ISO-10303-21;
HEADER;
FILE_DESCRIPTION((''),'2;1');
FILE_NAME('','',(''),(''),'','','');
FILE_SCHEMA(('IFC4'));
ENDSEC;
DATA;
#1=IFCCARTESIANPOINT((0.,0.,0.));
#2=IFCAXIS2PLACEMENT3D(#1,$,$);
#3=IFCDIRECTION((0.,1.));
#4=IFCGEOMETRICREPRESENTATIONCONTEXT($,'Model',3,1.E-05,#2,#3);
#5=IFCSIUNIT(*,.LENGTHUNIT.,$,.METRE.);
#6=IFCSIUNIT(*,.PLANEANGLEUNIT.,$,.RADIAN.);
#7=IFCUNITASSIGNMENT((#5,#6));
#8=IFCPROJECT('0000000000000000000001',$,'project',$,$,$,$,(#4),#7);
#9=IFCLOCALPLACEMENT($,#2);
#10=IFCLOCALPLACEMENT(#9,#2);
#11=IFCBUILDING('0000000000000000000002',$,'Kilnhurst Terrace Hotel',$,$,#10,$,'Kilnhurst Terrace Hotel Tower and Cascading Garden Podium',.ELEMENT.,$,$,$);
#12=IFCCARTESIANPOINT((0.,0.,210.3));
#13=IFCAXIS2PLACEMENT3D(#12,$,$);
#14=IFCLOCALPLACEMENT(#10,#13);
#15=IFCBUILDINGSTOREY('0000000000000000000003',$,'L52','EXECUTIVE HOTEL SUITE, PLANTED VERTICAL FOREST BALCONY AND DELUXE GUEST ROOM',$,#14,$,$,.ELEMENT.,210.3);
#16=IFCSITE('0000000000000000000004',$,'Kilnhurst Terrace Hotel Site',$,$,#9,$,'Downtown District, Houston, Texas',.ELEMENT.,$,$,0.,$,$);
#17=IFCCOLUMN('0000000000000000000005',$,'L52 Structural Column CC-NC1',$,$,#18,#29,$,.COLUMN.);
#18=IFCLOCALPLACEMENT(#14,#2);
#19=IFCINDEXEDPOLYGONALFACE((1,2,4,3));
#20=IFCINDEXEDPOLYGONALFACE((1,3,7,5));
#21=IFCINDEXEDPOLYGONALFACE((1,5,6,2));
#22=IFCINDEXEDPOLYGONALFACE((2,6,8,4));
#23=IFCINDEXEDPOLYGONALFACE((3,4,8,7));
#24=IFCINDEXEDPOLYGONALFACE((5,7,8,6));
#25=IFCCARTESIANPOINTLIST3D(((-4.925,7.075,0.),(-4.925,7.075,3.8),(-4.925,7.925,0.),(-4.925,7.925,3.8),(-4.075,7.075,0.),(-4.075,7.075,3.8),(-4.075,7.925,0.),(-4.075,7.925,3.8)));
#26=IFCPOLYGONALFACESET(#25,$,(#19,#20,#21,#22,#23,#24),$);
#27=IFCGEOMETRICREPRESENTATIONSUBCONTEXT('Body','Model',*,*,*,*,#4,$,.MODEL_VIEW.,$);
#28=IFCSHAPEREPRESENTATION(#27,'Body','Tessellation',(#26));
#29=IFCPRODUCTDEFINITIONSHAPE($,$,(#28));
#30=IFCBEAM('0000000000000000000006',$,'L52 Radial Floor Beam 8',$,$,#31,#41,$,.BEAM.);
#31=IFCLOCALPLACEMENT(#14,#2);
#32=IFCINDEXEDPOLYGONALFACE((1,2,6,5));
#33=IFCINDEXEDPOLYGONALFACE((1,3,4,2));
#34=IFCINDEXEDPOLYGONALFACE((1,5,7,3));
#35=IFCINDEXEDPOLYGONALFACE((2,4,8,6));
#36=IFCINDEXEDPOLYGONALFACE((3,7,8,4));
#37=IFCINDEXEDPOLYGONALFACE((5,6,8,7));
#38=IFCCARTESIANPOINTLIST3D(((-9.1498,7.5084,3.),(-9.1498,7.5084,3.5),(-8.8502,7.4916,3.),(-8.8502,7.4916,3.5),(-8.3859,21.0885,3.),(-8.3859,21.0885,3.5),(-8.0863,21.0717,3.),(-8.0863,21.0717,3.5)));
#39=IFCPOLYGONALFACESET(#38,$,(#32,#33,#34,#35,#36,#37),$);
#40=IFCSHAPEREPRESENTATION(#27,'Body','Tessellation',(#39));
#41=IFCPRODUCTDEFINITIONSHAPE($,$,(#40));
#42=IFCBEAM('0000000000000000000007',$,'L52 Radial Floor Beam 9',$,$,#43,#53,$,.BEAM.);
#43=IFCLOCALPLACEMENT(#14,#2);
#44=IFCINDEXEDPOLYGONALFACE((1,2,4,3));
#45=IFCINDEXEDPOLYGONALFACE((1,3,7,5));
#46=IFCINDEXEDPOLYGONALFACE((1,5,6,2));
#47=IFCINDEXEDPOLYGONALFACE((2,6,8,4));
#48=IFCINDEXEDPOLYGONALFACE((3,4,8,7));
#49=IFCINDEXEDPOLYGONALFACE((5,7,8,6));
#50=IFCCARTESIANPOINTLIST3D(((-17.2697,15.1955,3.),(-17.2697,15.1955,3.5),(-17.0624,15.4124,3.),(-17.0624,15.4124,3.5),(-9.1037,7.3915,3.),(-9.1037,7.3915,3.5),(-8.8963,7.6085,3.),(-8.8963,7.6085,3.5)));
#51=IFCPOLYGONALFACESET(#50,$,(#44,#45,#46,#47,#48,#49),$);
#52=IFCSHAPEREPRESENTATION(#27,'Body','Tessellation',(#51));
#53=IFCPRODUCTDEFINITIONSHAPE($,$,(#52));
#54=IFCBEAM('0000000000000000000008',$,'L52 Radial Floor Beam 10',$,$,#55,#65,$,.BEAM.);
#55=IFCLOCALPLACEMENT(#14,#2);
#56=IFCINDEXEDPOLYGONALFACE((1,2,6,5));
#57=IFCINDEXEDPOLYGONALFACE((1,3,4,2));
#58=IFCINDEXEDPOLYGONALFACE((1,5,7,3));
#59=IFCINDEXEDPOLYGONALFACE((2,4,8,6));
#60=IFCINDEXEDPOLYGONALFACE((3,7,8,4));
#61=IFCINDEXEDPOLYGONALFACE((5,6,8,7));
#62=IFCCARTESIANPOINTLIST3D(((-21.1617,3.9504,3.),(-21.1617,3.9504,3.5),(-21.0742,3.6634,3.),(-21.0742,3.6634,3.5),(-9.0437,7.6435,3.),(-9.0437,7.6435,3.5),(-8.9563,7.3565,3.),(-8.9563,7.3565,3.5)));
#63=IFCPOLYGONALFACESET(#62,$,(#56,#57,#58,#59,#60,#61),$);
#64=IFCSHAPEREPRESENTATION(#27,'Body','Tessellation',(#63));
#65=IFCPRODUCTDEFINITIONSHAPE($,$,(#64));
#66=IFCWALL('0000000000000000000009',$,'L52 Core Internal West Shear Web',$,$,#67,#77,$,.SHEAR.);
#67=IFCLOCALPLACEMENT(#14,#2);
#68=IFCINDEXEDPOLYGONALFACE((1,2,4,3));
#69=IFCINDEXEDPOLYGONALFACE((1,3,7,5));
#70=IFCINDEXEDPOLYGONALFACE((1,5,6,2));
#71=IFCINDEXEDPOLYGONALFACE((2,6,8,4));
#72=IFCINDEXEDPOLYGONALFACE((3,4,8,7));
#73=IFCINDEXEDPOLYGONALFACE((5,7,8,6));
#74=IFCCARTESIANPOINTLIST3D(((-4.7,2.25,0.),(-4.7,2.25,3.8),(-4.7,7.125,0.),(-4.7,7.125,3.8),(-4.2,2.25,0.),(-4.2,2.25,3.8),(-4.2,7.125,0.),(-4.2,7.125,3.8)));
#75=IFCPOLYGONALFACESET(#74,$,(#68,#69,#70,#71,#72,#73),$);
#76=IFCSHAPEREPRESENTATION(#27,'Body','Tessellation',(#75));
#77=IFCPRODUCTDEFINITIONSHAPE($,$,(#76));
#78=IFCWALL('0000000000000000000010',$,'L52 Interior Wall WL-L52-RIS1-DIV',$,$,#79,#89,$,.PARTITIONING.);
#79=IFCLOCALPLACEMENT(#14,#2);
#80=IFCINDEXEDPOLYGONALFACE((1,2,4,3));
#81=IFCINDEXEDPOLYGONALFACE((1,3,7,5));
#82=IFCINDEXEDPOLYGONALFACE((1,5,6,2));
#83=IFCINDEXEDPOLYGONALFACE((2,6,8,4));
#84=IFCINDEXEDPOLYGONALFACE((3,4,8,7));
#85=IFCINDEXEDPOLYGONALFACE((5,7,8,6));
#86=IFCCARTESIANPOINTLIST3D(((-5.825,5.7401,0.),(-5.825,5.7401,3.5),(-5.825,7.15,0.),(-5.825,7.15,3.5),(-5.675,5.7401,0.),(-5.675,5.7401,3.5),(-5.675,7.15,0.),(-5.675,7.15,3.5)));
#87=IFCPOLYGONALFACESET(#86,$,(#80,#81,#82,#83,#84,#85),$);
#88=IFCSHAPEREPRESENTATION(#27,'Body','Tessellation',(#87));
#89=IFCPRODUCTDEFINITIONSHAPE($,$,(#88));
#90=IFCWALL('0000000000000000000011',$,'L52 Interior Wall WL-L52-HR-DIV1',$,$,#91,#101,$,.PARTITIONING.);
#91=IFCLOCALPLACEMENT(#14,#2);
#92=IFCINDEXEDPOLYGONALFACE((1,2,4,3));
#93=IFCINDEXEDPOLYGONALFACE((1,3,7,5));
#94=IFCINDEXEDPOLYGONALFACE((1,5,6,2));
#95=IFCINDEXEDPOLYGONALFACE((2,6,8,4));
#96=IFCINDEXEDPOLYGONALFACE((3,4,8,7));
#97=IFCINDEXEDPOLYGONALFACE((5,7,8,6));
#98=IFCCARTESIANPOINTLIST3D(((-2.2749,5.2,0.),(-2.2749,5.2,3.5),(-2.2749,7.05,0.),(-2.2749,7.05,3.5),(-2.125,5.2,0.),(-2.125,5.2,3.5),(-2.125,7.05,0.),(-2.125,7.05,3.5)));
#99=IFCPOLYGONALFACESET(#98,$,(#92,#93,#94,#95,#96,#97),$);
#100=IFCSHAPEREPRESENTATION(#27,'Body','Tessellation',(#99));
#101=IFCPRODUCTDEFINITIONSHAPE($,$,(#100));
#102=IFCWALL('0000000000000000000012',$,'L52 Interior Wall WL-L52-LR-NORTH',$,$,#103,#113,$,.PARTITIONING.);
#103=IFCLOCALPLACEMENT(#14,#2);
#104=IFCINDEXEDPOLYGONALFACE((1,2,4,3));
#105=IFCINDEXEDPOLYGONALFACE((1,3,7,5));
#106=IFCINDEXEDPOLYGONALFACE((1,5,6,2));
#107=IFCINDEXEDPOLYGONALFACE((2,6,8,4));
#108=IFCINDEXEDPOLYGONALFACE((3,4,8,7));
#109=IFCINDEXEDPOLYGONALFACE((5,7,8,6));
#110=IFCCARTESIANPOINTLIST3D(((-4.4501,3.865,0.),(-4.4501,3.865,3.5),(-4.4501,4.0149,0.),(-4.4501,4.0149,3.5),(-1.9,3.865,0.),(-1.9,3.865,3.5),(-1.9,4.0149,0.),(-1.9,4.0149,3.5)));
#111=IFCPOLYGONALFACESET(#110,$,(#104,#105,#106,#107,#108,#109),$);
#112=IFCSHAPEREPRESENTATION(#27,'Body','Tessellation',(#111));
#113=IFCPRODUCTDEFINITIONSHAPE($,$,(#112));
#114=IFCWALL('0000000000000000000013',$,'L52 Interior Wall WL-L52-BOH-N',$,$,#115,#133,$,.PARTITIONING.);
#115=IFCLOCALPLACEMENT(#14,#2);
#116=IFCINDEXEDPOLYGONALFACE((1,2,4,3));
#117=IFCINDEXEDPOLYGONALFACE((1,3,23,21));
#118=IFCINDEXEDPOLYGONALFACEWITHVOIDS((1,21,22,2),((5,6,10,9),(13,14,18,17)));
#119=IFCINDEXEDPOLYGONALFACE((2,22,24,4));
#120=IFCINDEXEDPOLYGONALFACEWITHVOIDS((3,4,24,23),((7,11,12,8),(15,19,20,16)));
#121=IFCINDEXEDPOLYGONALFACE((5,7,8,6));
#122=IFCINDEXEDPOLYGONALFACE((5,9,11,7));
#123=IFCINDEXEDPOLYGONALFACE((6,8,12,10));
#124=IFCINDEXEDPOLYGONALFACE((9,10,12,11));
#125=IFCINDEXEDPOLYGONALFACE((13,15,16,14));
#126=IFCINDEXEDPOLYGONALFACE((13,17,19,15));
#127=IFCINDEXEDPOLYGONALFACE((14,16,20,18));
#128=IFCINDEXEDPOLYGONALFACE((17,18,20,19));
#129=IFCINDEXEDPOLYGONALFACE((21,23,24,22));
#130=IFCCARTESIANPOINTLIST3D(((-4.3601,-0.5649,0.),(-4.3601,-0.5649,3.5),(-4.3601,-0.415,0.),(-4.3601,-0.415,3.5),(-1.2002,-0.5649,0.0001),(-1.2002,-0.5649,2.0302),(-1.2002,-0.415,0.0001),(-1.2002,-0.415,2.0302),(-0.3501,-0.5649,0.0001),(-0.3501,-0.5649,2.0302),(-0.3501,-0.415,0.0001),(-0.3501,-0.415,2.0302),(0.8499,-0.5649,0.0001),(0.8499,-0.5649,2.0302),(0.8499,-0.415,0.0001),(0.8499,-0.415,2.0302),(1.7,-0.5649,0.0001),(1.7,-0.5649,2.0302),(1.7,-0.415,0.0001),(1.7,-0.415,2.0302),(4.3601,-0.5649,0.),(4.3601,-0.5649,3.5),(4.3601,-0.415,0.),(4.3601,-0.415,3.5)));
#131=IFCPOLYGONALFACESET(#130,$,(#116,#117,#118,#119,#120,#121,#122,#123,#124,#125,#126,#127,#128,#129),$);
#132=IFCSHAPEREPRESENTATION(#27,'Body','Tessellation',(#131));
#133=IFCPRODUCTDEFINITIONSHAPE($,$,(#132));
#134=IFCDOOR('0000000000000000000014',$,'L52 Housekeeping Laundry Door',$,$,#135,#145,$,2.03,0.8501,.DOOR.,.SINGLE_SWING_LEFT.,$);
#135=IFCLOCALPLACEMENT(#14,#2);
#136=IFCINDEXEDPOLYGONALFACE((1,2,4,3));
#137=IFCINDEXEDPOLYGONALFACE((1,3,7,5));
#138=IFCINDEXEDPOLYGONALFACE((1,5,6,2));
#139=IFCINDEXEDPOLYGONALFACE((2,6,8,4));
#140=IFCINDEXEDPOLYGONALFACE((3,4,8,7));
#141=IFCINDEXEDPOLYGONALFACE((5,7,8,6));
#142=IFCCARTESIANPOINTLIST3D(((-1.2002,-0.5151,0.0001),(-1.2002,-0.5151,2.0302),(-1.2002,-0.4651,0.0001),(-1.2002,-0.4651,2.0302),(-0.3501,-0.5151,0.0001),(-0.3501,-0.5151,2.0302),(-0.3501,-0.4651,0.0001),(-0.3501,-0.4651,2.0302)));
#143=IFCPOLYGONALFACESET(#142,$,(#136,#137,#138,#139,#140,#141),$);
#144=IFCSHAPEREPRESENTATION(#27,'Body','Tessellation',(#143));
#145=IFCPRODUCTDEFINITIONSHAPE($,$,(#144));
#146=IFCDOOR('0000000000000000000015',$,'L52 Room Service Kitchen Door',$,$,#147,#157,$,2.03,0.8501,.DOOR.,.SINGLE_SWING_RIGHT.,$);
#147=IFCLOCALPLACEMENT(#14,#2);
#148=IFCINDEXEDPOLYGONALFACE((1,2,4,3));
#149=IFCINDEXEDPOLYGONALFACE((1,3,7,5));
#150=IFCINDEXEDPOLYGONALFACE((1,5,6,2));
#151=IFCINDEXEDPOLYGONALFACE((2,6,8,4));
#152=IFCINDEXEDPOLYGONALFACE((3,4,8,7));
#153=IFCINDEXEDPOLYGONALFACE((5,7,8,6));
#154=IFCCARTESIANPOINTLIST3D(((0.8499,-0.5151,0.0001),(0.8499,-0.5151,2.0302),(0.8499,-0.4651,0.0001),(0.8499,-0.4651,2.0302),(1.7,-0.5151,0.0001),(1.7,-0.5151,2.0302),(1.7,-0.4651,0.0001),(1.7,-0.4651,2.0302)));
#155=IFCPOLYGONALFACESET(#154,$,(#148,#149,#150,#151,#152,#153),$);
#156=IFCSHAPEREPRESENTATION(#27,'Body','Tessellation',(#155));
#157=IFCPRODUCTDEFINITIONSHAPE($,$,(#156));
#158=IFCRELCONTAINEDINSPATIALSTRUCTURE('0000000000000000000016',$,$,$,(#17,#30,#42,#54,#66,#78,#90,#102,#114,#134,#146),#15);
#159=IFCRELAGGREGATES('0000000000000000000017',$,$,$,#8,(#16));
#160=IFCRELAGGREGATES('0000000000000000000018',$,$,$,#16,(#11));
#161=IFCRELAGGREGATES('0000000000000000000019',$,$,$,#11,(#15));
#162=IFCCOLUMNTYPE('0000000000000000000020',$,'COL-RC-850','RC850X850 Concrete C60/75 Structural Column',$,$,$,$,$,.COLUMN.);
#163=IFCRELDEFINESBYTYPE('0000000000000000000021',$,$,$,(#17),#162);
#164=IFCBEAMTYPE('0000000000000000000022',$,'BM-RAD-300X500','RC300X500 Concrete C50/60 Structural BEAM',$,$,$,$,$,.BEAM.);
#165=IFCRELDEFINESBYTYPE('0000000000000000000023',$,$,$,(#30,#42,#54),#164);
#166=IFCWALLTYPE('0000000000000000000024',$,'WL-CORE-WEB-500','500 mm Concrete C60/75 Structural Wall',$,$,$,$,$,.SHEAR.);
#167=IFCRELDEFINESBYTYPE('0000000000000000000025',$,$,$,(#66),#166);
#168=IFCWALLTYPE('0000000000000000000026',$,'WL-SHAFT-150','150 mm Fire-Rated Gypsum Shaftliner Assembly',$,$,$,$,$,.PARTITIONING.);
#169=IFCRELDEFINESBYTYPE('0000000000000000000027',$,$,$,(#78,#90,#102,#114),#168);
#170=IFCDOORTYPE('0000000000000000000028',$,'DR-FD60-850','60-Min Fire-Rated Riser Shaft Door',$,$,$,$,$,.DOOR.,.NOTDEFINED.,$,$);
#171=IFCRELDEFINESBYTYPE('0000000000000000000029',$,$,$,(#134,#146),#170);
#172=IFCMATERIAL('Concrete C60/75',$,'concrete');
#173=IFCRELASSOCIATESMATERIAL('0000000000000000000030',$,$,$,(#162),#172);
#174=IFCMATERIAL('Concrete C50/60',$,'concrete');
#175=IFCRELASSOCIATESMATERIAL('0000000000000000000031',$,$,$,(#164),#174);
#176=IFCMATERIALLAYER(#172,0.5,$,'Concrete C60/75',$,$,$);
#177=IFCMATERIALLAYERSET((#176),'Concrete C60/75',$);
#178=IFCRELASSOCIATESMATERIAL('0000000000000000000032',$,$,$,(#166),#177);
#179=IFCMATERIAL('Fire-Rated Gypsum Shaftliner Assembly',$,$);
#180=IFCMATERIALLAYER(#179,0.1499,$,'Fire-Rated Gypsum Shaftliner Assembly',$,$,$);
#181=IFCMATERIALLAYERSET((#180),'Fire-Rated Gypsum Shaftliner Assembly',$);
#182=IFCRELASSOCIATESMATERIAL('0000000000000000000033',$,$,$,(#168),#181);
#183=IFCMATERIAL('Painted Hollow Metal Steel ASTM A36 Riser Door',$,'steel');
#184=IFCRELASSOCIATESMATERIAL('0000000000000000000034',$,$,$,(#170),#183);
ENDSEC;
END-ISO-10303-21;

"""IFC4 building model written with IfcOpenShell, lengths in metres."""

from ifc_helpers import new_model, si_unit, direction, frame, frame_2d, origin, origin_2d, place, context, subcontext, project, spatial, rectangle, extrude, material, layer, layer_set, material_profile, profile_set, type_object, element, fill, save


model = new_model("IFC4")

# Units and contexts
model_context = context("Model", 3, precision=1e-05, world=origin(), true_north=direction((0.0, 1.0)))
body_context = subcontext(model_context, "Body", "Model", "MODEL_VIEW")
ifc_project = project(units=[si_unit("LENGTHUNIT", "METRE"), si_unit("PLANEANGLEUNIT", "RADIAN")], contexts=[model_context])

# Site, building, storey
site_placement = place(None, origin())
site = spatial("IfcSite", under=ifc_project, at=site_placement, Name="Kilnhurst Terrace Hotel Site", LongName="Downtown District, Houston, Texas", CompositionType="ELEMENT", RefElevation=0.0)
building_placement = place(site_placement, origin())
building = spatial("IfcBuilding", under=site, at=building_placement, Name="Kilnhurst Terrace Hotel", LongName="Kilnhurst Terrace Hotel Tower and Cascading Garden Podium", CompositionType="ELEMENT")
storey_placement = place(building_placement, frame((0.0, 0.0, 210.3)))
storey = spatial("IfcBuildingStorey", under=building, at=storey_placement, Name="L52", Description="EXECUTIVE HOTEL SUITE, PLANTED VERTICAL FOREST BALCONY AND DELUXE GUEST ROOM", CompositionType="ELEMENT", Elevation=210.3)

# Column
ifc_material_1 = material(Name="Concrete C60/75", Category="concrete")
ifc_material_profile_1 = material_profile(ifc_material_1, rectangle(XDim=0.8501, YDim=0.8501, at=origin_2d()), Name="RC850X850")
ifc_profile_set_1 = profile_set([ifc_material_profile_1], Name="Concrete C60/75")
column_type = type_object("IfcColumnType", Name="COL-RC-850", Description="RC850X850 Concrete C60/75 Structural Column", PredefinedType="COLUMN", material=ifc_profile_set_1)
column_placement = place(storey_placement, frame((-4.5, 7.5, 0.0), z_axis=(0.0, 0.0, 1.0), x_axis=(1.0, 0.0, 0.0)))
element("IfcColumn", 1, at=column_placement, inside=storey, type_object=column_type, Name="L52 Structural Column CC-NC1", PredefinedType="COLUMN", context=body_context, shape_type="SweptSolid", body=[
    extrude(rectangle(XDim=0.8501, YDim=0.8501, at=origin_2d()), origin(), (0.0, 0.0, 1.0), 3.8),
])

# Beams
ifc_material_2 = material(Name="Concrete C50/60", Category="concrete")
ifc_material_profile_2 = material_profile(ifc_material_2, rectangle(XDim=0.3, YDim=0.5, at=origin_2d()), Name="RC300X500")
ifc_profile_set_2 = profile_set([ifc_material_profile_2], Name="Concrete C50/60")
beam_type = type_object("IfcBeamType", Name="BM-RAD-300X500", Description="RC300X500 Concrete C50/60 Structural BEAM", PredefinedType="BEAM", material=ifc_profile_set_2)
beam_1_placement = place(storey_placement, frame((-9.0, 7.5, 3.25), z_axis=(0.056164, 0.998422, 0.0), x_axis=(-0.998422, 0.056164, 0.0)))
element("IfcBeam", 2, at=beam_1_placement, inside=storey, type_object=beam_type, Name="L52 Radial Floor Beam 8", PredefinedType="BEAM", context=body_context, shape_type="SweptSolid", body=[
    extrude(rectangle(XDim=0.3, YDim=0.5, at=origin_2d()), origin(), (0.0, 0.0, 1.0), 13.6016),
])
beam_2_placement = place(storey_placement, frame((-9.0, 7.5, 3.25), z_axis=(-0.722952, 0.690898, 0.0), x_axis=(-0.690898, -0.722952, 0.0)))
element("IfcBeam", 3, at=beam_2_placement, inside=storey, type_object=beam_type, Name="L52 Radial Floor Beam 9", PredefinedType="BEAM", context=body_context, shape_type="SweptSolid", body=[
    extrude(rectangle(XDim=0.3, YDim=0.5, at=origin_2d()), origin(), (0.0, 0.0, 1.0), 11.2954),
])
beam_3_placement = place(storey_placement, frame((-9.0, 7.5, 3.25), z_axis=(-0.956563, -0.291527, 0.0), x_axis=(0.291527, -0.956563, 0.0)))
element("IfcBeam", 4, at=beam_3_placement, inside=storey, type_object=beam_type, Name="L52 Radial Floor Beam 10", PredefinedType="BEAM", context=body_context, shape_type="SweptSolid", body=[
    extrude(rectangle(XDim=0.3, YDim=0.5, at=origin_2d()), origin(), (0.0, 0.0, 1.0), 12.6682),
])

# Walls
ifc_layer_1 = layer(ifc_material_1, 0.5, Name="Concrete C60/75")
ifc_layer_set_1 = layer_set([ifc_layer_1], Name="Concrete C60/75")
wall_type_1 = type_object("IfcWallType", Name="WL-CORE-WEB-500", Description="500 mm Concrete C60/75 Structural Wall", PredefinedType="SHEAR", material=ifc_layer_set_1)
wall_1_placement = place(storey_placement, frame((-4.45, 2.25, 0.0), z_axis=(0.0, 0.0, 1.0), x_axis=(0.0, 1.0, 0.0)))
element("IfcWall", 5, at=wall_1_placement, inside=storey, type_object=wall_type_1, Name="L52 Core Internal West Shear Web", PredefinedType="SHEAR", context=body_context, shape_type="SweptSolid", body=[
    extrude(rectangle(XDim=4.875, YDim=0.5, at=frame_2d((2.4375, 0.0))), origin(), (0.0, 0.0, 1.0), 3.8),
])
ifc_material_3 = material(Name="Fire-Rated Gypsum Shaftliner Assembly")
ifc_layer_2 = layer(ifc_material_3, 0.1499, Name="Fire-Rated Gypsum Shaftliner Assembly")
ifc_layer_set_2 = layer_set([ifc_layer_2], Name="Fire-Rated Gypsum Shaftliner Assembly")
wall_type_2 = type_object("IfcWallType", Name="WL-SHAFT-150", Description="150 mm Fire-Rated Gypsum Shaftliner Assembly", PredefinedType="PARTITIONING", material=ifc_layer_set_2)
wall_2_placement = place(storey_placement, frame((-5.75, 5.74, 0.0), z_axis=(0.0, 0.0, 1.0), x_axis=(0.0, 1.0, 0.0)))
element("IfcWall", 6, at=wall_2_placement, inside=storey, type_object=wall_type_2, Name="L52 Interior Wall WL-L52-RIS1-DIV", PredefinedType="PARTITIONING", context=body_context, shape_type="SweptSolid", body=[
    extrude(rectangle(XDim=1.4099, YDim=0.1499, at=frame_2d((0.7051, 0.0))), origin(), (0.0, 0.0, 1.0), 3.5),
])
wall_3_placement = place(storey_placement, frame((-2.2, 5.2, 0.0), z_axis=(0.0, 0.0, 1.0), x_axis=(0.0, 1.0, 0.0)))
element("IfcWall", 7, at=wall_3_placement, inside=storey, type_object=wall_type_2, Name="L52 Interior Wall WL-L52-HR-DIV1", PredefinedType="PARTITIONING", context=body_context, shape_type="SweptSolid", body=[
    extrude(rectangle(XDim=1.8501, YDim=0.1499, at=frame_2d((0.925, 0.0))), origin(), (0.0, 0.0, 1.0), 3.5),
])
wall_4_placement = place(storey_placement, frame((-4.45, 3.9399, 0.0), z_axis=(0.0, 0.0, 1.0), x_axis=(1.0, 0.0, 0.0)))
element("IfcWall", 8, at=wall_4_placement, inside=storey, type_object=wall_type_2, Name="L52 Interior Wall WL-L52-LR-NORTH", PredefinedType="PARTITIONING", context=body_context, shape_type="SweptSolid", body=[
    extrude(rectangle(XDim=2.55, YDim=0.1499, at=frame_2d((1.2749, 0.0))), origin(), (0.0, 0.0, 1.0), 3.5),
])

# Wall, openings, doors
wall_5_placement = place(storey_placement, frame((-4.3601, -0.49, 0.0), z_axis=(0.0, 0.0, 1.0), x_axis=(1.0, 0.0, 0.0)))
wall_5 = element("IfcWall", 9, at=wall_5_placement, inside=storey, type_object=wall_type_2, Name="L52 Interior Wall WL-L52-BOH-N", PredefinedType="PARTITIONING", context=body_context, shape_type="SweptSolid", body=[
    extrude(rectangle(XDim=8.7202, YDim=0.1499, at=frame_2d((4.3601, 0.0))), origin(), (0.0, 0.0, 1.0), 3.5),
])
opening_1_placement = place(wall_5_placement, frame((3.1599, 0.0, 0.0)))
opening_1 = element("IfcOpeningElement", 10, at=opening_1_placement, cuts=wall_5, PredefinedType="OPENING", context=body_context, shape_type="SweptSolid", body=[
    extrude(rectangle(XDim=0.8501, YDim=2.03, at=frame_2d((0.425, 1.0151))), frame((0.0, 0.085, 0.0), z_axis=(0.0, -1.0, 0.0), x_axis=(1.0, 0.0, 0.0)), (0.0, 0.0, 1.0), 0.1699),
])
opening_2_placement = place(wall_5_placement, frame((5.21, 0.0, 0.0)))
opening_2 = element("IfcOpeningElement", 11, at=opening_2_placement, cuts=wall_5, PredefinedType="OPENING", context=body_context, shape_type="SweptSolid", body=[
    extrude(rectangle(XDim=0.8501, YDim=2.03, at=frame_2d((0.425, 1.0151))), frame((0.0, 0.085, 0.0), z_axis=(0.0, -1.0, 0.0), x_axis=(1.0, 0.0, 0.0)), (0.0, 0.0, 1.0), 0.1699),
])
ifc_material_4 = material(Name="Painted Hollow Metal Steel ASTM A36 Riser Door", Category="steel")
door_type_1 = type_object("IfcDoorType", Name="DR-FD60-850", Description="60-Min Fire-Rated Riser Shaft Door", OperationType="NOTDEFINED", PredefinedType="DOOR", material=ifc_material_4)
door_1_placement = place(opening_1_placement, origin())
door_1 = element("IfcDoor", 12, at=door_1_placement, inside=storey, type_object=door_type_1, Name="L52 Housekeeping Laundry Door", OperationType="SINGLE_SWING_LEFT", OverallHeight=2.03, OverallWidth=0.8501, PredefinedType="DOOR", context=body_context, shape_type="SweptSolid", body=[
    extrude(rectangle(XDim=0.8501, YDim=2.03, at=frame_2d((0.425, 1.0151))), frame((0.0, 0.0249, 0.0), z_axis=(0.0, -1.0, 0.0), x_axis=(1.0, 0.0, 0.0)), (0.0, 0.0, 1.0), 0.05),
])
fill(opening_1, door_1)
door_2_placement = place(opening_2_placement, origin())
door_2 = element("IfcDoor", 13, at=door_2_placement, inside=storey, type_object=door_type_1, Name="L52 Room Service Kitchen Door", OperationType="SINGLE_SWING_RIGHT", OverallHeight=2.03, OverallWidth=0.8501, PredefinedType="DOOR", context=body_context, shape_type="SweptSolid", body=[
    extrude(rectangle(XDim=0.8501, YDim=2.03, at=frame_2d((0.425, 1.0151))), frame((0.0, 0.0249, 0.0), z_axis=(0.0, -1.0, 0.0), x_axis=(1.0, 0.0, 0.0)), (0.0, 0.0, 1.0), 0.05),
])
fill(opening_2, door_2)

save(model, "model.ifc")
